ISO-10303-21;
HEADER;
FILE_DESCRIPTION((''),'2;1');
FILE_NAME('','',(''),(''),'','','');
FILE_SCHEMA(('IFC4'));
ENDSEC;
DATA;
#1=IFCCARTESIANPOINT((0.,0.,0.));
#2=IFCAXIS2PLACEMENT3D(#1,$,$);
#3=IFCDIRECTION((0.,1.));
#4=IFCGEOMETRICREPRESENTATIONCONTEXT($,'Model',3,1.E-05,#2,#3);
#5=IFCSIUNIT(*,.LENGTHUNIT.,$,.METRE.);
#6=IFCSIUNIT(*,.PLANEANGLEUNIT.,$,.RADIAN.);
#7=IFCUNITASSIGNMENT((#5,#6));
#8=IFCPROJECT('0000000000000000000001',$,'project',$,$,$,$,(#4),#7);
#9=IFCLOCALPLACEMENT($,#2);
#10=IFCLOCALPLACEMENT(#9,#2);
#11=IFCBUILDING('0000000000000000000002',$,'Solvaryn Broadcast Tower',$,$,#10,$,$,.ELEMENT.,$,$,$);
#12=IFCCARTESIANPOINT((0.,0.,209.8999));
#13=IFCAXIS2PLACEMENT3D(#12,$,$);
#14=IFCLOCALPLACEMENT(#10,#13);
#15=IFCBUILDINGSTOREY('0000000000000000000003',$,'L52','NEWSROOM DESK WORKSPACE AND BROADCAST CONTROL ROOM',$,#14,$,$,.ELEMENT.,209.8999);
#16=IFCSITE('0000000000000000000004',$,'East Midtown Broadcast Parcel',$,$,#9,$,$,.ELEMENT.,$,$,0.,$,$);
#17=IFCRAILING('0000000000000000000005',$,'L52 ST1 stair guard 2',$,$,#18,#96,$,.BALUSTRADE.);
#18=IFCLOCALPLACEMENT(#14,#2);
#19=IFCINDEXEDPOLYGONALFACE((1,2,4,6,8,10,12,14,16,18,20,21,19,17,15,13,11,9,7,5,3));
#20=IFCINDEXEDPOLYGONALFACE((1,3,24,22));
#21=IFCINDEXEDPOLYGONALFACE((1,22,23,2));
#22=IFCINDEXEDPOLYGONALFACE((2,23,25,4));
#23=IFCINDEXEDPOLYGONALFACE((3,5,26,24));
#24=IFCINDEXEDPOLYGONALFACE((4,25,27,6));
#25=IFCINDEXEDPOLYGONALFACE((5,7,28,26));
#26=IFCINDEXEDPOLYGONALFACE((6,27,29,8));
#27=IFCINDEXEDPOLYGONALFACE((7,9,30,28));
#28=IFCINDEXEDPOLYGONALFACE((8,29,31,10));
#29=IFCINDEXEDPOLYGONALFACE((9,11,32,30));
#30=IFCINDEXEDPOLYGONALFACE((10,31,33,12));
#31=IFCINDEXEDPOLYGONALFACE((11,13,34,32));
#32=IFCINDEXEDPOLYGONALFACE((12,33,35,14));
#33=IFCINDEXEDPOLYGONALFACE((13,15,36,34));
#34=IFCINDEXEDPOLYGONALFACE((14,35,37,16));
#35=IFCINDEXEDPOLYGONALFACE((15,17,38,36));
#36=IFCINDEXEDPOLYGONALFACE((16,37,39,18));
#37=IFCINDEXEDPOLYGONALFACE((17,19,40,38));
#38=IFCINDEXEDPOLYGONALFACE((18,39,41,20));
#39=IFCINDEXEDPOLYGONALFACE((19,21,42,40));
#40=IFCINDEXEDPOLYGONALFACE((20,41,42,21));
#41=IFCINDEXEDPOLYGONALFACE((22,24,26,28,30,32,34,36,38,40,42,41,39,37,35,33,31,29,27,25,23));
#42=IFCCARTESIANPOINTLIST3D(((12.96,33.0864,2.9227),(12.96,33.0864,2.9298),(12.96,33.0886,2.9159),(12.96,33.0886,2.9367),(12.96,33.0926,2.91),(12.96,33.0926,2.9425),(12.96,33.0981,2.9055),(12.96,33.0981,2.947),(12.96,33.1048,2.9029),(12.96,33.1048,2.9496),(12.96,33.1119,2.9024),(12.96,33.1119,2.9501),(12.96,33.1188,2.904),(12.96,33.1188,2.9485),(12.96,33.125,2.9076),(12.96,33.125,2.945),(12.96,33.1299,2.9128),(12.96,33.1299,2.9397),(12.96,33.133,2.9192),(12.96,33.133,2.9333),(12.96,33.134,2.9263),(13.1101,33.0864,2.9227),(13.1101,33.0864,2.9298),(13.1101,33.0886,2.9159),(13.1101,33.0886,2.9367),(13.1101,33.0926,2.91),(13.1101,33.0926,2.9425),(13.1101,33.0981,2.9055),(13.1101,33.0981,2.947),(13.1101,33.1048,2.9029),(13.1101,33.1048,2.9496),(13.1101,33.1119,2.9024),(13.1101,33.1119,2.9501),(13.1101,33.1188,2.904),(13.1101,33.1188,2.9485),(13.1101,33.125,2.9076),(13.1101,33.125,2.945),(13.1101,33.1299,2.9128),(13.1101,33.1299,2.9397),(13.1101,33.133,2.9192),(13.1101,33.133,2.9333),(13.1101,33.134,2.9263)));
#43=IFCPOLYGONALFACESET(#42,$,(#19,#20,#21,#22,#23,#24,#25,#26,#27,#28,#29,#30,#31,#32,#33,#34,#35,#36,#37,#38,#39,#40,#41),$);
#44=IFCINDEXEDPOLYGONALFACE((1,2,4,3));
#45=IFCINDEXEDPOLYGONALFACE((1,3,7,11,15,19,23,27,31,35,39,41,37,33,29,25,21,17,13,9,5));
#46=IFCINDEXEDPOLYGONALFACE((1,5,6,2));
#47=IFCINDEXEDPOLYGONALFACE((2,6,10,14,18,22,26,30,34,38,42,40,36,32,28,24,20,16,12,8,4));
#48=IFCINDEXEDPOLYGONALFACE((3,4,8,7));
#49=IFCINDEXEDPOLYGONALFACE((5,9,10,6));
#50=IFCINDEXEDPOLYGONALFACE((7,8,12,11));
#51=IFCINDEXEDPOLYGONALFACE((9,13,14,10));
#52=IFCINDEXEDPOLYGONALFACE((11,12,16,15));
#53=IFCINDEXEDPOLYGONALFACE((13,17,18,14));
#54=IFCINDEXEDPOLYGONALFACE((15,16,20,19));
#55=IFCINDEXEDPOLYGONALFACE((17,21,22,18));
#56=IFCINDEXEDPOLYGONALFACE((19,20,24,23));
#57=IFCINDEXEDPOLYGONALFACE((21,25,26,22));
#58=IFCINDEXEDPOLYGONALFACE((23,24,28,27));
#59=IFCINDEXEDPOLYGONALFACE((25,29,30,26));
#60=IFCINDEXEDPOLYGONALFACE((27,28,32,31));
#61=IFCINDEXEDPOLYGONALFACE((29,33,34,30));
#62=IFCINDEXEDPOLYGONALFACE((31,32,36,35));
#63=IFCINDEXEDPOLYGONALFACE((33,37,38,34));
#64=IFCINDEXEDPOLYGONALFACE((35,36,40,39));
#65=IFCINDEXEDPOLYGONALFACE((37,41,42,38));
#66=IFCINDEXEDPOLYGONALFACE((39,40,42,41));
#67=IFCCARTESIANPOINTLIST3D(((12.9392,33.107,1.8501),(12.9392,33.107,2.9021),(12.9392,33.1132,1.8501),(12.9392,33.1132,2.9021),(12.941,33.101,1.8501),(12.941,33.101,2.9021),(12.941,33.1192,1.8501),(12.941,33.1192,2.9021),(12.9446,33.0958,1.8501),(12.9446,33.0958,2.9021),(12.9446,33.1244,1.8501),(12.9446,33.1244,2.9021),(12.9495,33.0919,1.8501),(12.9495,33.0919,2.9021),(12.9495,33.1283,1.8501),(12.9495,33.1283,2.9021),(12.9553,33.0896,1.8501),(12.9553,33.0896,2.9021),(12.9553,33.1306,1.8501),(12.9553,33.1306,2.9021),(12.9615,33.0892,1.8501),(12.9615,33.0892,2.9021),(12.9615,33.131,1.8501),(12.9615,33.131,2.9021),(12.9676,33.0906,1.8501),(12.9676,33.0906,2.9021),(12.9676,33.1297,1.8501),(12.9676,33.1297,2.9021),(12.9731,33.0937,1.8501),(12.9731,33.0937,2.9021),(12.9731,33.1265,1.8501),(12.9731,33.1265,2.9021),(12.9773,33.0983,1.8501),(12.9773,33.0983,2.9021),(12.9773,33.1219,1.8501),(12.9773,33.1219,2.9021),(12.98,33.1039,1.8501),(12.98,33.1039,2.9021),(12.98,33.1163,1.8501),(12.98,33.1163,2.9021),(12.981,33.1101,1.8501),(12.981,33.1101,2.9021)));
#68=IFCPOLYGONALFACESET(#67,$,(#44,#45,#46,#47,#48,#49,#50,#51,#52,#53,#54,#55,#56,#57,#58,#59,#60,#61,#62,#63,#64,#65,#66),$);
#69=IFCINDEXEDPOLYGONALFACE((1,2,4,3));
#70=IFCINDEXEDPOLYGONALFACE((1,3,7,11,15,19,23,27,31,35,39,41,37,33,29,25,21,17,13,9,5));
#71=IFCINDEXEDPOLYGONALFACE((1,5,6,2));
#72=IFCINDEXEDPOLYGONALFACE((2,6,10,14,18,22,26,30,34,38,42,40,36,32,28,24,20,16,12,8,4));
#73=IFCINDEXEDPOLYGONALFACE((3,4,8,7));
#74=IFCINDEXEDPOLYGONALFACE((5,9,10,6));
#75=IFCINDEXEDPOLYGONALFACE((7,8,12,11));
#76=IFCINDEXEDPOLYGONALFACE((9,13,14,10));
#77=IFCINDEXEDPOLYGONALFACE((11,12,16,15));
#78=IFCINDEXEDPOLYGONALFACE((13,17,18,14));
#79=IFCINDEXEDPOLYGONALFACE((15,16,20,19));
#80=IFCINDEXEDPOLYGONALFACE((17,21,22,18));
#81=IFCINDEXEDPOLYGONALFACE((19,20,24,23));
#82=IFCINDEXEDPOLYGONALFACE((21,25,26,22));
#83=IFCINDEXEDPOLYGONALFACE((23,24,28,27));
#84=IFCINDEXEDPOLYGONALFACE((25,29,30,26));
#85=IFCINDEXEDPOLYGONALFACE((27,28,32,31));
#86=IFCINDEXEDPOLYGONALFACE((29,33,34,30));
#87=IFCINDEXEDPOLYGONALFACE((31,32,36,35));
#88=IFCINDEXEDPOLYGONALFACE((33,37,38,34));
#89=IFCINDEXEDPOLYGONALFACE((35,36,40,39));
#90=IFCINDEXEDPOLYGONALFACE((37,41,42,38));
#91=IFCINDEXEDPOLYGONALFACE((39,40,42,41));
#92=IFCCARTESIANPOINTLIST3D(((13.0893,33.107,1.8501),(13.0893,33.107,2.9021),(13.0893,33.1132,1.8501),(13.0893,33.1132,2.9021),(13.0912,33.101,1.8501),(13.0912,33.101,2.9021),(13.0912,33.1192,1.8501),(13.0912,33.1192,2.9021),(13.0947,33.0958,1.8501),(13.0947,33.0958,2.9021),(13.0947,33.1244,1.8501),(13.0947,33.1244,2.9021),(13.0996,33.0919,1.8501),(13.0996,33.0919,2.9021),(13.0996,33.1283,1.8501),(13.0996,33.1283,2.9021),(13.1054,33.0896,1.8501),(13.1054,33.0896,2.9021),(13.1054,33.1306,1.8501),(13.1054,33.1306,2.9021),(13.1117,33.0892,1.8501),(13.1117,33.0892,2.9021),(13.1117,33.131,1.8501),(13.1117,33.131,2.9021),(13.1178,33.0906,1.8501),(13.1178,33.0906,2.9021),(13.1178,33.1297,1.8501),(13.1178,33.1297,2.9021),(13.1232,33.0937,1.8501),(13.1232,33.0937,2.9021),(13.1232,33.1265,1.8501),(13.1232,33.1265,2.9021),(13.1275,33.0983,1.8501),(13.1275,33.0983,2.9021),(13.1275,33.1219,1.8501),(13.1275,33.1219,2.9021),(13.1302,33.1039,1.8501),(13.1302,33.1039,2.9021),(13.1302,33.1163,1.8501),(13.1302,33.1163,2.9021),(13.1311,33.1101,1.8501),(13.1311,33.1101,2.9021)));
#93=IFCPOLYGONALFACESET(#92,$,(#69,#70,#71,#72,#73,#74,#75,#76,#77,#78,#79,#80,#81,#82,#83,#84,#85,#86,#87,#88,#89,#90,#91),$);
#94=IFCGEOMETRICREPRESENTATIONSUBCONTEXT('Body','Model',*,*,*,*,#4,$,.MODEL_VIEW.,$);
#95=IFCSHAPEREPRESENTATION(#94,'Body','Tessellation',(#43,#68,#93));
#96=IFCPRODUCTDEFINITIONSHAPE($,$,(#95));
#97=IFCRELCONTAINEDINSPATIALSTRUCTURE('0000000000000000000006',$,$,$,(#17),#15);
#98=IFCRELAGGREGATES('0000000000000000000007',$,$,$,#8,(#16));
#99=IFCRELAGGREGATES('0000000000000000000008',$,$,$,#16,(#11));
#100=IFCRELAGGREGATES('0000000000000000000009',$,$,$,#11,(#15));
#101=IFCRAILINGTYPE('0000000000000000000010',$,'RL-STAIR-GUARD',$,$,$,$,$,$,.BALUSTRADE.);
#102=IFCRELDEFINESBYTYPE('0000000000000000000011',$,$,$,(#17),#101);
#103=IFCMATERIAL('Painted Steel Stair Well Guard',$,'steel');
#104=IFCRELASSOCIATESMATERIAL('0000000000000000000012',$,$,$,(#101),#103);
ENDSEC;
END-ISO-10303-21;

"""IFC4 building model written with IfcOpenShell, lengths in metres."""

from ifc_helpers import new_model, si_unit, direction, frame, origin, origin_2d, place, context, subcontext, project, spatial, circle, extrude, material, type_object, element, save


model = new_model("IFC4")

# Units and contexts
model_context = context("Model", 3, precision=1e-05, world=origin(), true_north=direction((0.0, 1.0)))
body_context = subcontext(model_context, "Body", "Model", "MODEL_VIEW")
ifc_project = project(units=[si_unit("LENGTHUNIT", "METRE"), si_unit("PLANEANGLEUNIT", "RADIAN")], contexts=[model_context])

# Site, building, storey
site_placement = place(None, origin())
site = spatial("IfcSite", under=ifc_project, at=site_placement, Name="East Midtown Broadcast Parcel", CompositionType="ELEMENT", RefElevation=0.0)
building_placement = place(site_placement, origin())
building = spatial("IfcBuilding", under=site, at=building_placement, Name="Solvaryn Broadcast Tower", CompositionType="ELEMENT")
storey_placement = place(building_placement, frame((0.0, 0.0, 209.8999)))
storey = spatial("IfcBuildingStorey", under=building, at=storey_placement, Name="L52", Description="NEWSROOM DESK WORKSPACE AND BROADCAST CONTROL ROOM", CompositionType="ELEMENT", Elevation=209.8999)

# Railing
ifc_material_1 = material(Name="Painted Steel Stair Well Guard", Category="steel")
railing_type_1 = type_object("IfcRailingType", Name="RL-STAIR-GUARD", PredefinedType="BALUSTRADE", material=ifc_material_1)
railing_1_placement = place(storey_placement, frame((12.96, 33.1101, 1.8501)))
element("IfcRailing", 1, at=railing_1_placement, inside=storey, type_object=railing_type_1, Name="L52 ST1 stair guard 2", PredefinedType="BALUSTRADE", context=body_context, shape_type="SweptSolid", body=[
    extrude(circle(Radius=0.0239, at=origin_2d()), frame((0.0, 0.0, 1.0762), z_axis=(1.0, 0.0, 0.0), x_axis=(0.0, 1.0, 0.0)), (0.0, 0.0, 1.0), 0.1501),
    extrude(circle(Radius=0.021, at=origin_2d()), origin(), (0.0, 0.0, 1.0), 1.052),
    extrude(circle(Radius=0.021, at=origin_2d()), frame((0.1501, 0.0, 0.0)), (0.0, 0.0, 1.0), 1.052),
])

save(model, "model.ifc")
